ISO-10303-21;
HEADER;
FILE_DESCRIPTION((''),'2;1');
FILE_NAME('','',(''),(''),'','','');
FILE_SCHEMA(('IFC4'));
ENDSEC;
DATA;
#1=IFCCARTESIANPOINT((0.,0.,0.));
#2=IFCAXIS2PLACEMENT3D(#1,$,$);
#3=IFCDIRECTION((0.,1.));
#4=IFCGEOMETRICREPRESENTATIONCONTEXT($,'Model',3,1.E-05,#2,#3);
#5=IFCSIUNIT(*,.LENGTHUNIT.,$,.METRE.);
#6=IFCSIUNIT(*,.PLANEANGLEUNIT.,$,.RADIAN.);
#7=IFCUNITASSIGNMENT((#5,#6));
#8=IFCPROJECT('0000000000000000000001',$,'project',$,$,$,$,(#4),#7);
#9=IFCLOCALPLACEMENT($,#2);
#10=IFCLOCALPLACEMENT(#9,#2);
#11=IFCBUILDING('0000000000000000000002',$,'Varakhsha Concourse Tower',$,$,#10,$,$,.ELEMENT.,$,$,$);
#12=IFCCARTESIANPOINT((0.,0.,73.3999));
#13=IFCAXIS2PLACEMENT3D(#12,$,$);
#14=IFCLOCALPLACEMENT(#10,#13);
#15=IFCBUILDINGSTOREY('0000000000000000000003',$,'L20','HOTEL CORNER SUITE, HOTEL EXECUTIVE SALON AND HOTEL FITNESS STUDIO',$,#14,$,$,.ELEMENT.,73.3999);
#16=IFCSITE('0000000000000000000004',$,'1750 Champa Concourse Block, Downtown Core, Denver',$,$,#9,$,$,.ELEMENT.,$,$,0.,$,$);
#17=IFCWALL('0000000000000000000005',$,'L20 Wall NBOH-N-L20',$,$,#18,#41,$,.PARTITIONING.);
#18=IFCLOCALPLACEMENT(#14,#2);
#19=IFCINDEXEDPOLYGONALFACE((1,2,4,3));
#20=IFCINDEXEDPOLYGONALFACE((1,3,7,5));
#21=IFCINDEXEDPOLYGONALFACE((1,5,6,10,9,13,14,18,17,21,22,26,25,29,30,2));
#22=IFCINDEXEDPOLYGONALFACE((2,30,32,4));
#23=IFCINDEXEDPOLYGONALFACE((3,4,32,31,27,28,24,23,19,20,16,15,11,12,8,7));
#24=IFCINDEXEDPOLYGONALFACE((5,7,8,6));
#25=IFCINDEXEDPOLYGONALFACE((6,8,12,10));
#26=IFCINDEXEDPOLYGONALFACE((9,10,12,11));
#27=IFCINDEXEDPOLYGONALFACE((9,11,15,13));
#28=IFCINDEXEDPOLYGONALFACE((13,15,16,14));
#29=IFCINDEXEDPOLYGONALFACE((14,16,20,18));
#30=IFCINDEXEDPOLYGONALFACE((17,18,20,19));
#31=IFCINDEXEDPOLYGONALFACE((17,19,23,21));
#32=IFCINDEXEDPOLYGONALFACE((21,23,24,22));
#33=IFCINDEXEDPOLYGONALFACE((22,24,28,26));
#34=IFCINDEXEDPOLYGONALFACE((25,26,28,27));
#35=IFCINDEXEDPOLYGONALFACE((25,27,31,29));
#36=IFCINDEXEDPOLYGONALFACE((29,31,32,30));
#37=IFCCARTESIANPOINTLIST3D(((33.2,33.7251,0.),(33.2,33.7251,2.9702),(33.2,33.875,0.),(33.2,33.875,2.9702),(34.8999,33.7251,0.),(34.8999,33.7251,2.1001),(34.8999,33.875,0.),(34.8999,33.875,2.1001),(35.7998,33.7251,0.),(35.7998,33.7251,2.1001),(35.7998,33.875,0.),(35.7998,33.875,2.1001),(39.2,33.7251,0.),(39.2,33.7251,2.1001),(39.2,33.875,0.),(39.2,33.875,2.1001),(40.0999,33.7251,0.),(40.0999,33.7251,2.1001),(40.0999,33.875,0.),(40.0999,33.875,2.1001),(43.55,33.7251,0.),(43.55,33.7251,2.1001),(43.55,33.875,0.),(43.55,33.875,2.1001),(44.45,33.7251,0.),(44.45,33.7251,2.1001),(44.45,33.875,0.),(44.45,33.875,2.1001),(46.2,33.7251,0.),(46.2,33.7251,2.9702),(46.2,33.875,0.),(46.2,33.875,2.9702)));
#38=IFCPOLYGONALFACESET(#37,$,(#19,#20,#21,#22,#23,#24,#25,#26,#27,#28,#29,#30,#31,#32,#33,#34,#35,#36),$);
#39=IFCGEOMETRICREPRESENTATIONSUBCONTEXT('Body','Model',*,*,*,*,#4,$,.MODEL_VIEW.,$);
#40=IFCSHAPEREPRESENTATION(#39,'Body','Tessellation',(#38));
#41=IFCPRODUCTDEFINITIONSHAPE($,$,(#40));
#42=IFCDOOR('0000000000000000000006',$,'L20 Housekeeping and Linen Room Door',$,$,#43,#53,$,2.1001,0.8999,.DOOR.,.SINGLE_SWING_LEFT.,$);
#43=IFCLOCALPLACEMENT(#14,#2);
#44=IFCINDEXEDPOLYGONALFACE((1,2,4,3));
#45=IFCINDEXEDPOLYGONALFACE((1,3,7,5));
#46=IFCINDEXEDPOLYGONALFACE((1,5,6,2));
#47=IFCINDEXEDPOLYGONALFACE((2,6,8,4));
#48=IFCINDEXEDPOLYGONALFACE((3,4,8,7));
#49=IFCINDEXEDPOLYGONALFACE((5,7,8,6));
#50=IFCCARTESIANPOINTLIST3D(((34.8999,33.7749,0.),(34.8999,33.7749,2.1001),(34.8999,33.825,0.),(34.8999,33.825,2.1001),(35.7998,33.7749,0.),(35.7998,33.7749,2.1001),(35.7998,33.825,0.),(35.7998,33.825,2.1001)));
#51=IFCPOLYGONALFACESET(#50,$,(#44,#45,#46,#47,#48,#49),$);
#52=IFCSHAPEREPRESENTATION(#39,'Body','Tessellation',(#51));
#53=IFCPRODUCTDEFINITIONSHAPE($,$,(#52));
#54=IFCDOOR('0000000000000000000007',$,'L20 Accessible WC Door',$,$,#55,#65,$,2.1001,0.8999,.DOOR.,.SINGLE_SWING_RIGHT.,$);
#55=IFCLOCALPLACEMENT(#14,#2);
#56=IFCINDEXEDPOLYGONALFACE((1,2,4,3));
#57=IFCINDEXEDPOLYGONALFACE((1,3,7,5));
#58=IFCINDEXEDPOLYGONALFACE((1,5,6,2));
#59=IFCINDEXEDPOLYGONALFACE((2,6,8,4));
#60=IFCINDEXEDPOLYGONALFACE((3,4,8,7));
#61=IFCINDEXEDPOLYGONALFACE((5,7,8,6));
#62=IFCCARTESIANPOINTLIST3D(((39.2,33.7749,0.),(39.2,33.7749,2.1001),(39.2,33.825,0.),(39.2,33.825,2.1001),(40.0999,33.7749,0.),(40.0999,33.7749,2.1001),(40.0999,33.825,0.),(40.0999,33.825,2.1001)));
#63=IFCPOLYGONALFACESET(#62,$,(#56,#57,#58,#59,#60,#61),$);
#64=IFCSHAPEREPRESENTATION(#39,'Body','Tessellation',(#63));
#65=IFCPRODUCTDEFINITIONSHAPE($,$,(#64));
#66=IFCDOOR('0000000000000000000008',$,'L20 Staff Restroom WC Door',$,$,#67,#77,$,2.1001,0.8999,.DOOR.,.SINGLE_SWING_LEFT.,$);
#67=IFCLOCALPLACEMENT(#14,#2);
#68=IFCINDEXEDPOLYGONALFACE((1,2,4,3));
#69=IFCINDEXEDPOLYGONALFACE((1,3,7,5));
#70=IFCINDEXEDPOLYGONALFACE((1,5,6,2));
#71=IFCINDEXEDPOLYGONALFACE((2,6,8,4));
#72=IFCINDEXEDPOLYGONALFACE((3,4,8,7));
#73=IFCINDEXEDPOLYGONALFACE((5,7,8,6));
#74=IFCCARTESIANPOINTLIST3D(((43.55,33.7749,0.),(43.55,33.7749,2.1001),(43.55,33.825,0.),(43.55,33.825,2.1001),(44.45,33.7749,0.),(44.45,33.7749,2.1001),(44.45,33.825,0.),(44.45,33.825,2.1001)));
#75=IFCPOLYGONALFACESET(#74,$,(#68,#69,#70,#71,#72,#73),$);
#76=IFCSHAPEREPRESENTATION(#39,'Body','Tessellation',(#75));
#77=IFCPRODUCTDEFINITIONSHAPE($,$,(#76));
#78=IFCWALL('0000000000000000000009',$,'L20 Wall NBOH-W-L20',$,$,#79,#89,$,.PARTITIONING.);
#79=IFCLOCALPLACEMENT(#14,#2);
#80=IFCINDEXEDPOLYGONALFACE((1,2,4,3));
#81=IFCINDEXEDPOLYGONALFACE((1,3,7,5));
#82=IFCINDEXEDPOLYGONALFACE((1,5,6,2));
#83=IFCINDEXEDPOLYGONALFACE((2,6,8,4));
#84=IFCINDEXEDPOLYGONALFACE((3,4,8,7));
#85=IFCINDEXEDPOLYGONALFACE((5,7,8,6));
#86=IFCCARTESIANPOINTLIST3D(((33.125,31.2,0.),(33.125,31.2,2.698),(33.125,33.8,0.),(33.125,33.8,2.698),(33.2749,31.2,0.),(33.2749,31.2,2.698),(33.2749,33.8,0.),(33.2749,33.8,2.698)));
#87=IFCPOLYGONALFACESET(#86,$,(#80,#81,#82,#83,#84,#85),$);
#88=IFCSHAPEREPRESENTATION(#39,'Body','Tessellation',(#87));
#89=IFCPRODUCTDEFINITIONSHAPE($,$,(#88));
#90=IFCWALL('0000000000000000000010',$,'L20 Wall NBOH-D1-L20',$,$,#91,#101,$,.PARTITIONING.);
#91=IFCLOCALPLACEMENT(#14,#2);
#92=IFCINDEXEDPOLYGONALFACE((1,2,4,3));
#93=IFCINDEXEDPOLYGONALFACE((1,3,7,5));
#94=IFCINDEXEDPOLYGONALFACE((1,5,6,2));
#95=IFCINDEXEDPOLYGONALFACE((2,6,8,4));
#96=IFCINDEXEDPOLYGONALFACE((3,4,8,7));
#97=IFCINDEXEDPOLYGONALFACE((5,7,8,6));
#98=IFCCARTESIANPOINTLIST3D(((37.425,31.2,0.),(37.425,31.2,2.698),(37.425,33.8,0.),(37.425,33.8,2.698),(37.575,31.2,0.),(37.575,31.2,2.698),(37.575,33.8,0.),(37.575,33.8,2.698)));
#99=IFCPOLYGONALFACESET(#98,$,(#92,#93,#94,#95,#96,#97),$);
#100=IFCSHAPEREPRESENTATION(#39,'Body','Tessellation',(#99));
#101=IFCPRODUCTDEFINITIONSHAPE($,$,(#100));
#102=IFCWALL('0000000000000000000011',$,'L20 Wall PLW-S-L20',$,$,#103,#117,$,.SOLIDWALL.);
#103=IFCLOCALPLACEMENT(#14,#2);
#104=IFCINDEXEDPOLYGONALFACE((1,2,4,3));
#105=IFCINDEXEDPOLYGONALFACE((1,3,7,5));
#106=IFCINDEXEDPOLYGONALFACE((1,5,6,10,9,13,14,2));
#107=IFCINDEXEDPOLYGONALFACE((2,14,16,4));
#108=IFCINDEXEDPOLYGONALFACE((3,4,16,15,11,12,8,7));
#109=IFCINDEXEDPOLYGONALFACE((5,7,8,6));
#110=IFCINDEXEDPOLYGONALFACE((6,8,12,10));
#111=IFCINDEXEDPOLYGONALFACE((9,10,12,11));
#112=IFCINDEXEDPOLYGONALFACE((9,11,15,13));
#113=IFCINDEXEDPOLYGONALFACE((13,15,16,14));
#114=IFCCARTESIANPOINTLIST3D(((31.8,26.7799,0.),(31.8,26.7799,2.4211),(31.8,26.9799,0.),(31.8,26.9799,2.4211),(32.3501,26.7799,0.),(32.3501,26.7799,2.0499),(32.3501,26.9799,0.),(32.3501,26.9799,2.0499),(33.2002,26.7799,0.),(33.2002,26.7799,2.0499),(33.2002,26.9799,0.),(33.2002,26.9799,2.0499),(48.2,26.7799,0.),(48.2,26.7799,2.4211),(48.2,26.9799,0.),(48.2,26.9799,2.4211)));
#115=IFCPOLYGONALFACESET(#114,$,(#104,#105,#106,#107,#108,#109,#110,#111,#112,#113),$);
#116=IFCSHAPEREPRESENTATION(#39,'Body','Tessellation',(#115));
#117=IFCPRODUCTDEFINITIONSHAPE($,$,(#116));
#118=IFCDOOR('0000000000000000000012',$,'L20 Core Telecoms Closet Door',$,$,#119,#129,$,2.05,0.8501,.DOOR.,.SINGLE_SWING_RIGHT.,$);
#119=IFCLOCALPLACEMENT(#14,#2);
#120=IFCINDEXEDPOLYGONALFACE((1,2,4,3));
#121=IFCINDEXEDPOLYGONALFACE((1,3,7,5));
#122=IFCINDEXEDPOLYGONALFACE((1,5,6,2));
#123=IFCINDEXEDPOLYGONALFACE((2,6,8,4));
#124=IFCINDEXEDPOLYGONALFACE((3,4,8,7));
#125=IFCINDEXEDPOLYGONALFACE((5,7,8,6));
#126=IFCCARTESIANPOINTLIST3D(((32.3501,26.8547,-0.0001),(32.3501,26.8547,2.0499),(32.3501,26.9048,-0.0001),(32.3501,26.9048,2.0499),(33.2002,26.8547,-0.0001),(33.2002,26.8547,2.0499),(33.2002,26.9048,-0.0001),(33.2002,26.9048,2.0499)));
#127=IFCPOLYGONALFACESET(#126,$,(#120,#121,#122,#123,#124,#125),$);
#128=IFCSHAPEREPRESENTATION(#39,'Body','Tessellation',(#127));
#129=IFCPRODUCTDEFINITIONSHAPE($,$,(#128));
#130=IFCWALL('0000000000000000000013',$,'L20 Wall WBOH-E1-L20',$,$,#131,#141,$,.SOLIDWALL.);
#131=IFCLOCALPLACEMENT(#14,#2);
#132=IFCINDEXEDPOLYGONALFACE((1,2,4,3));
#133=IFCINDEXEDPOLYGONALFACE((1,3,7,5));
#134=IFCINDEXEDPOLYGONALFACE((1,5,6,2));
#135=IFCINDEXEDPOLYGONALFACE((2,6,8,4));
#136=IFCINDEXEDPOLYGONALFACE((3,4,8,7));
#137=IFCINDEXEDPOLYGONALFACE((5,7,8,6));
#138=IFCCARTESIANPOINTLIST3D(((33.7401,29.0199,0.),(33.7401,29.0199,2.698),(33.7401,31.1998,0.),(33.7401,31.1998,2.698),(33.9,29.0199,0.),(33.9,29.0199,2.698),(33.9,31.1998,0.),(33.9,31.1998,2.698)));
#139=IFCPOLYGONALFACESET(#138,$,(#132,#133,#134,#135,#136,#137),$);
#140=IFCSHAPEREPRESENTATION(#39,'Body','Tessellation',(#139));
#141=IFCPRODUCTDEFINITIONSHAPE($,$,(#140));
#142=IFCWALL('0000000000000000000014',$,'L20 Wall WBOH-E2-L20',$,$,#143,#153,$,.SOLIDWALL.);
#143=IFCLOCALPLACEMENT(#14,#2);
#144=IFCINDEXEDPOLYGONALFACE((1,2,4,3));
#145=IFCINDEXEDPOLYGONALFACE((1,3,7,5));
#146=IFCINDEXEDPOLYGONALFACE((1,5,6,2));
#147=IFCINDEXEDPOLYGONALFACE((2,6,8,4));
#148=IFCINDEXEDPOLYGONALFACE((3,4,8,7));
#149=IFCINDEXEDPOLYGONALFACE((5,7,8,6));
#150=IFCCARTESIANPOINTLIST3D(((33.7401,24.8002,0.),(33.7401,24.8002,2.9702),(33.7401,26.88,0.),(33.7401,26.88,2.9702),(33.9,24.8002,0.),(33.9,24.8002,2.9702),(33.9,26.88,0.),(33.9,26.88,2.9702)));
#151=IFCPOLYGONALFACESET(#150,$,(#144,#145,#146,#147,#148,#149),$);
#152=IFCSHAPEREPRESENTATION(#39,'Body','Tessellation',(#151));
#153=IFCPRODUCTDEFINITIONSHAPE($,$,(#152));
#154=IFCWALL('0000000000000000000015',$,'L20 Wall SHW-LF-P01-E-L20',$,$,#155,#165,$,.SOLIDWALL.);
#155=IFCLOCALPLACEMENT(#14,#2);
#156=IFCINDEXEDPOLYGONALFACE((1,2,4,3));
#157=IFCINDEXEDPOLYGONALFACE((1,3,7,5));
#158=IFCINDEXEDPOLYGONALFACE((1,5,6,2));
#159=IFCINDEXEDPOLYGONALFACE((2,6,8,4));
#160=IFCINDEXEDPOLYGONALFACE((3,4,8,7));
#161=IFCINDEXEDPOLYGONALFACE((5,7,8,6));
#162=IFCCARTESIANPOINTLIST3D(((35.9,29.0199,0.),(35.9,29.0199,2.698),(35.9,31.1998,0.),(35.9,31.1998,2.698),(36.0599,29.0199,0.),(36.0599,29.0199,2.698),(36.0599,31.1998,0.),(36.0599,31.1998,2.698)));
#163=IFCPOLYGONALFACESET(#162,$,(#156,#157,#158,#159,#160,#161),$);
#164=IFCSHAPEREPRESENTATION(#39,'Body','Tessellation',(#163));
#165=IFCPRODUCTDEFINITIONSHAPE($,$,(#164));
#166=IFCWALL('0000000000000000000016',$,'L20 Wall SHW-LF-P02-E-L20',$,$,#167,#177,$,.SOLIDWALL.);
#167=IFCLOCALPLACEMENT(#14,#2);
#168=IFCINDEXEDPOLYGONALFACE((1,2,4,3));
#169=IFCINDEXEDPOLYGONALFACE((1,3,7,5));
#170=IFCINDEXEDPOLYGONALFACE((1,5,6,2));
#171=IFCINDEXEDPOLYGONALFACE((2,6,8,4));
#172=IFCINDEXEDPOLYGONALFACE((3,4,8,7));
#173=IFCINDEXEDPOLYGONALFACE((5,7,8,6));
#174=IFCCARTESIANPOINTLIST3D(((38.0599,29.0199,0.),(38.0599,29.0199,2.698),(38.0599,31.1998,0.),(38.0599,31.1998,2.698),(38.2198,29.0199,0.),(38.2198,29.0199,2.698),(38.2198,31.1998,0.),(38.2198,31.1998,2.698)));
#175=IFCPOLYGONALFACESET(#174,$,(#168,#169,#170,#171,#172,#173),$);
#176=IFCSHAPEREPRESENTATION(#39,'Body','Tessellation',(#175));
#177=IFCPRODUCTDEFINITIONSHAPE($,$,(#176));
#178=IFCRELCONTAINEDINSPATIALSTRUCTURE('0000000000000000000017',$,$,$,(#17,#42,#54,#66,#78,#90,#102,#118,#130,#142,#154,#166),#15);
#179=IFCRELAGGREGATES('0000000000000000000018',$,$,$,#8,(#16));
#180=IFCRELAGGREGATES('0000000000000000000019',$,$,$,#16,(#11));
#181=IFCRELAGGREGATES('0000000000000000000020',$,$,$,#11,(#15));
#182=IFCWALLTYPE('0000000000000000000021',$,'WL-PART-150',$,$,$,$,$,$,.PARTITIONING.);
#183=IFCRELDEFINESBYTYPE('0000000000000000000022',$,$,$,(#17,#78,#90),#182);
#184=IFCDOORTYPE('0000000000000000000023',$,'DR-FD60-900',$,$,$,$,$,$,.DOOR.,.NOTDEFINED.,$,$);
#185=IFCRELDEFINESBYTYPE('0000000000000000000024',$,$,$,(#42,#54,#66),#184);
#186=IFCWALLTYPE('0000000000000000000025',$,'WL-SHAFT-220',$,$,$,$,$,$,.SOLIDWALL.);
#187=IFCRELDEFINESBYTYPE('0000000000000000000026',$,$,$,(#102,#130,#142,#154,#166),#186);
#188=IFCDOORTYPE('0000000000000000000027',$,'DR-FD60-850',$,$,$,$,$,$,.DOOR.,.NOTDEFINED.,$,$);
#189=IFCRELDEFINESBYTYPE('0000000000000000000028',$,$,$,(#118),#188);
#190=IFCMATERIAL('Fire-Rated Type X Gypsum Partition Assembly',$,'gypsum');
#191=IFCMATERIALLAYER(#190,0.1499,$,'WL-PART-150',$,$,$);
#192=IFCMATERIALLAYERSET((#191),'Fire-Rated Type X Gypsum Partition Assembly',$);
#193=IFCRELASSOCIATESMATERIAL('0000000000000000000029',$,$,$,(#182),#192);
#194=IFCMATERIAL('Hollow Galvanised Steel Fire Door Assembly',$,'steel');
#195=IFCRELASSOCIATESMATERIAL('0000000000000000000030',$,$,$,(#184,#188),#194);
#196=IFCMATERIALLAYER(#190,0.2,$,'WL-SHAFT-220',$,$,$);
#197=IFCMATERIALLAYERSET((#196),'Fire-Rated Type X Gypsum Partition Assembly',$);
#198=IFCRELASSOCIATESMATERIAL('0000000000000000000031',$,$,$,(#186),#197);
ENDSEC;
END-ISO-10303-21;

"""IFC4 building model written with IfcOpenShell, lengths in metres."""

from ifc_helpers import new_model, si_unit, direction, frame, frame_2d, origin, place, context, subcontext, project, spatial, rectangle, extrude, material, layer, layer_set, type_object, element, fill, save


model = new_model("IFC4")

# Units and contexts
model_context = context("Model", 3, precision=1e-05, world=origin(), true_north=direction((0.0, 1.0)))
body_context = subcontext(model_context, "Body", "Model", "MODEL_VIEW")
ifc_project = project(units=[si_unit("LENGTHUNIT", "METRE"), si_unit("PLANEANGLEUNIT", "RADIAN")], contexts=[model_context])

# Site, building, storey
site_placement = place(None, origin())
site = spatial("IfcSite", under=ifc_project, at=site_placement, Name="1750 Champa Concourse Block, Downtown Core, Denver", CompositionType="ELEMENT", RefElevation=0.0)
building_placement = place(site_placement, origin())
building = spatial("IfcBuilding", under=site, at=building_placement, Name="Varakhsha Concourse Tower", CompositionType="ELEMENT")
storey_placement = place(building_placement, frame((0.0, 0.0, 73.3999)))
storey = spatial("IfcBuildingStorey", under=building, at=storey_placement, Name="L20", Description="HOTEL CORNER SUITE, HOTEL EXECUTIVE SALON AND HOTEL FITNESS STUDIO", CompositionType="ELEMENT", Elevation=73.3999)

# Wall, openings, doors
ifc_material_1 = material(Name="Fire-Rated Type X Gypsum Partition Assembly", Category="gypsum")
ifc_layer_1 = layer(ifc_material_1, 0.1499, Name="WL-PART-150")
ifc_layer_set_1 = layer_set([ifc_layer_1], Name="Fire-Rated Type X Gypsum Partition Assembly")
wall_type_1 = type_object("IfcWallType", Name="WL-PART-150", PredefinedType="PARTITIONING", material=ifc_layer_set_1)
wall_1_placement = place(storey_placement, frame((33.2, 33.8, 0.0), z_axis=(0.0, 0.0, 1.0), x_axis=(1.0, 0.0, 0.0)))
wall_1 = element("IfcWall", 1, at=wall_1_placement, inside=storey, type_object=wall_type_1, Name="L20 Wall NBOH-N-L20", PredefinedType="PARTITIONING", context=body_context, shape_type="SweptSolid", body=[
    extrude(rectangle(XDim=13.0, YDim=0.1499, at=frame_2d((6.5, 0.0))), origin(), (0.0, 0.0, 1.0), 2.9702),
])
opening_1_placement = place(wall_1_placement, frame((1.7, 0.0, 0.0)))
opening_1 = element("IfcOpeningElement", 2, at=opening_1_placement, cuts=wall_1, PredefinedType="OPENING", context=body_context, shape_type="SweptSolid", body=[
    extrude(rectangle(XDim=0.8999, YDim=2.1001, at=frame_2d((0.45, 1.05))), frame((0.0, 0.085, 0.0), z_axis=(0.0, -1.0, 0.0), x_axis=(1.0, 0.0, 0.0)), (0.0, 0.0, 1.0), 0.1699),
])
opening_2_placement = place(wall_1_placement, frame((6.0, 0.0, 0.0)))
opening_2 = element("IfcOpeningElement", 3, at=opening_2_placement, cuts=wall_1, PredefinedType="OPENING", context=body_context, shape_type="SweptSolid", body=[
    extrude(rectangle(XDim=0.8999, YDim=2.1001, at=frame_2d((0.45, 1.05))), frame((0.0, 0.085, 0.0), z_axis=(0.0, -1.0, 0.0), x_axis=(1.0, 0.0, 0.0)), (0.0, 0.0, 1.0), 0.1699),
])
opening_3_placement = place(wall_1_placement, frame((10.3501, 0.0, 0.0)))
opening_3 = element("IfcOpeningElement", 4, at=opening_3_placement, cuts=wall_1, PredefinedType="OPENING", context=body_context, shape_type="SweptSolid", body=[
    extrude(rectangle(XDim=0.8999, YDim=2.1001, at=frame_2d((0.45, 1.05))), frame((0.0, 0.085, 0.0), z_axis=(0.0, -1.0, 0.0), x_axis=(1.0, 0.0, 0.0)), (0.0, 0.0, 1.0), 0.1699),
])
ifc_material_2 = material(Name="Hollow Galvanised Steel Fire Door Assembly", Category="steel")
door_type_1 = type_object("IfcDoorType", Name="DR-FD60-900", OperationType="NOTDEFINED", PredefinedType="DOOR", material=ifc_material_2)
door_1_placement = place(opening_1_placement, origin())
door_1 = element("IfcDoor", 5, at=door_1_placement, inside=storey, type_object=door_type_1, Name="L20 Housekeeping and Linen Room Door", OperationType="SINGLE_SWING_LEFT", OverallHeight=2.1001, OverallWidth=0.8999, PredefinedType="DOOR", context=body_context, shape_type="SweptSolid", body=[
    extrude(rectangle(XDim=0.8999, YDim=2.1001, at=frame_2d((0.45, 1.05))), frame((0.0, 0.0249, 0.0), z_axis=(0.0, -1.0, 0.0), x_axis=(1.0, 0.0, 0.0)), (0.0, 0.0, 1.0), 0.05),
])
fill(opening_1, door_1)
door_2_placement = place(opening_2_placement, origin())
door_2 = element("IfcDoor", 6, at=door_2_placement, inside=storey, type_object=door_type_1, Name="L20 Accessible WC Door", OperationType="SINGLE_SWING_RIGHT", OverallHeight=2.1001, OverallWidth=0.8999, PredefinedType="DOOR", context=body_context, shape_type="SweptSolid", body=[
    extrude(rectangle(XDim=0.8999, YDim=2.1001, at=frame_2d((0.45, 1.05))), frame((0.0, 0.0249, 0.0), z_axis=(0.0, -1.0, 0.0), x_axis=(1.0, 0.0, 0.0)), (0.0, 0.0, 1.0), 0.05),
])
fill(opening_2, door_2)
door_3_placement = place(opening_3_placement, origin())
door_3 = element("IfcDoor", 7, at=door_3_placement, inside=storey, type_object=door_type_1, Name="L20 Staff Restroom WC Door", OperationType="SINGLE_SWING_LEFT", OverallHeight=2.1001, OverallWidth=0.8999, PredefinedType="DOOR", context=body_context, shape_type="SweptSolid", body=[
    extrude(rectangle(XDim=0.8999, YDim=2.1001, at=frame_2d((0.45, 1.05))), frame((0.0, 0.0249, 0.0), z_axis=(0.0, -1.0, 0.0), x_axis=(1.0, 0.0, 0.0)), (0.0, 0.0, 1.0), 0.05),
])
fill(opening_3, door_3)

# Walls
for number, where, z_axis, x_axis, name in (
    (8, (33.2, 31.2, 0.0), (0.0, 0.0, 1.0), (0.0, 1.0, 0.0), "L20 Wall NBOH-W-L20"),
    (9, (37.5, 31.2, 0.0), (0.0, 0.0, 1.0), (0.0, 1.0, 0.0), "L20 Wall NBOH-D1-L20"),
):
    element("IfcWall", number, at=place(storey_placement, frame(where, z_axis=z_axis, x_axis=x_axis)), inside=storey, type_object=wall_type_1, Name=name, PredefinedType="PARTITIONING", context=body_context, shape_type="SweptSolid", body=[
        extrude(rectangle(XDim=2.6001, YDim=0.1499, at=frame_2d((1.3, 0.0))), origin(), (0.0, 0.0, 1.0), 2.698),
    ])

# Shared definitions
ifc_layer_2 = layer(ifc_material_1, 0.2, Name="WL-SHAFT-220")
ifc_layer_set_2 = layer_set([ifc_layer_2], Name="Fire-Rated Type X Gypsum Partition Assembly")
wall_type_2 = type_object("IfcWallType", Name="WL-SHAFT-220", PredefinedType="SOLIDWALL", material=ifc_layer_set_2)

# Wall, opening, door
wall_2_placement = place(storey_placement, frame((31.8, 26.8799, 0.0), z_axis=(0.0, 0.0, 1.0), x_axis=(1.0, 0.0, 0.0)))
wall_2 = element("IfcWall", 10, at=wall_2_placement, inside=storey, type_object=wall_type_2, Name="L20 Wall PLW-S-L20", PredefinedType="SOLIDWALL", context=body_context, shape_type="SweptSolid", body=[
    extrude(rectangle(XDim=16.3999, YDim=0.2, at=frame_2d((8.2, 0.0))), origin(), (0.0, 0.0, 1.0), 2.4211),
])
opening_4_placement = place(wall_2_placement, frame((0.55, 0.0, 0.0)))
opening_4 = element("IfcOpeningElement", 11, at=opening_4_placement, cuts=wall_2, PredefinedType="OPENING", context=body_context, shape_type="SweptSolid", body=[
    extrude(rectangle(XDim=0.8501, YDim=2.05, at=frame_2d((0.425, 1.0249))), frame((0.0, 0.1099, 0.0), z_axis=(0.0, -1.0, 0.0), x_axis=(1.0, 0.0, 0.0)), (0.0, 0.0, 1.0), 0.22),
])
door_type_2 = type_object("IfcDoorType", Name="DR-FD60-850", OperationType="NOTDEFINED", PredefinedType="DOOR", material=ifc_material_2)
door_4_placement = place(opening_4_placement, origin())
door_4 = element("IfcDoor", 12, at=door_4_placement, inside=storey, type_object=door_type_2, Name="L20 Core Telecoms Closet Door", OperationType="SINGLE_SWING_RIGHT", OverallHeight=2.05, OverallWidth=0.8501, PredefinedType="DOOR", context=body_context, shape_type="SweptSolid", body=[
    extrude(rectangle(XDim=0.8501, YDim=2.05, at=frame_2d((0.425, 1.0249))), frame((0.0, 0.0249, 0.0), z_axis=(0.0, -1.0, 0.0), x_axis=(1.0, 0.0, 0.0)), (0.0, 0.0, 1.0), 0.05),
])
fill(opening_4, door_4)

# Walls
wall_3_placement = place(storey_placement, frame((33.8201, 29.02, 0.0), z_axis=(0.0, 0.0, 1.0), x_axis=(0.0, 1.0, 0.0)))
element("IfcWall", 13, at=wall_3_placement, inside=storey, type_object=wall_type_2, Name="L20 Wall WBOH-E1-L20", PredefinedType="SOLIDWALL", context=body_context, shape_type="SweptSolid", body=[
    extrude(rectangle(XDim=2.1799, YDim=0.1599, at=frame_2d((1.0898, 0.0))), origin(), (0.0, 0.0, 1.0), 2.698),
])
wall_4_placement = place(storey_placement, frame((33.8201, 24.8, 0.0), z_axis=(0.0, 0.0, 1.0), x_axis=(0.0, 1.0, 0.0)))
element("IfcWall", 14, at=wall_4_placement, inside=storey, type_object=wall_type_2, Name="L20 Wall WBOH-E2-L20", PredefinedType="SOLIDWALL", context=body_context, shape_type="SweptSolid", body=[
    extrude(rectangle(XDim=2.0798, YDim=0.1599, at=frame_2d((1.04, 0.0))), origin(), (0.0, 0.0, 1.0), 2.9702),
])
for number, where, z_axis, x_axis, name in (
    (15, (35.98, 29.02, 0.0), (0.0, 0.0, 1.0), (0.0, 1.0, 0.0), "L20 Wall SHW-LF-P01-E-L20"),
    (16, (38.1399, 29.02, 0.0), (0.0, 0.0, 1.0), (0.0, 1.0, 0.0), "L20 Wall SHW-LF-P02-E-L20"),
):
    element("IfcWall", number, at=place(storey_placement, frame(where, z_axis=z_axis, x_axis=x_axis)), inside=storey, type_object=wall_type_2, Name=name, PredefinedType="SOLIDWALL", context=body_context, shape_type="SweptSolid", body=[
        extrude(rectangle(XDim=2.1799, YDim=0.1599, at=frame_2d((1.0898, 0.0))), origin(), (0.0, 0.0, 1.0), 2.698),
    ])

save(model, "model.ifc")
